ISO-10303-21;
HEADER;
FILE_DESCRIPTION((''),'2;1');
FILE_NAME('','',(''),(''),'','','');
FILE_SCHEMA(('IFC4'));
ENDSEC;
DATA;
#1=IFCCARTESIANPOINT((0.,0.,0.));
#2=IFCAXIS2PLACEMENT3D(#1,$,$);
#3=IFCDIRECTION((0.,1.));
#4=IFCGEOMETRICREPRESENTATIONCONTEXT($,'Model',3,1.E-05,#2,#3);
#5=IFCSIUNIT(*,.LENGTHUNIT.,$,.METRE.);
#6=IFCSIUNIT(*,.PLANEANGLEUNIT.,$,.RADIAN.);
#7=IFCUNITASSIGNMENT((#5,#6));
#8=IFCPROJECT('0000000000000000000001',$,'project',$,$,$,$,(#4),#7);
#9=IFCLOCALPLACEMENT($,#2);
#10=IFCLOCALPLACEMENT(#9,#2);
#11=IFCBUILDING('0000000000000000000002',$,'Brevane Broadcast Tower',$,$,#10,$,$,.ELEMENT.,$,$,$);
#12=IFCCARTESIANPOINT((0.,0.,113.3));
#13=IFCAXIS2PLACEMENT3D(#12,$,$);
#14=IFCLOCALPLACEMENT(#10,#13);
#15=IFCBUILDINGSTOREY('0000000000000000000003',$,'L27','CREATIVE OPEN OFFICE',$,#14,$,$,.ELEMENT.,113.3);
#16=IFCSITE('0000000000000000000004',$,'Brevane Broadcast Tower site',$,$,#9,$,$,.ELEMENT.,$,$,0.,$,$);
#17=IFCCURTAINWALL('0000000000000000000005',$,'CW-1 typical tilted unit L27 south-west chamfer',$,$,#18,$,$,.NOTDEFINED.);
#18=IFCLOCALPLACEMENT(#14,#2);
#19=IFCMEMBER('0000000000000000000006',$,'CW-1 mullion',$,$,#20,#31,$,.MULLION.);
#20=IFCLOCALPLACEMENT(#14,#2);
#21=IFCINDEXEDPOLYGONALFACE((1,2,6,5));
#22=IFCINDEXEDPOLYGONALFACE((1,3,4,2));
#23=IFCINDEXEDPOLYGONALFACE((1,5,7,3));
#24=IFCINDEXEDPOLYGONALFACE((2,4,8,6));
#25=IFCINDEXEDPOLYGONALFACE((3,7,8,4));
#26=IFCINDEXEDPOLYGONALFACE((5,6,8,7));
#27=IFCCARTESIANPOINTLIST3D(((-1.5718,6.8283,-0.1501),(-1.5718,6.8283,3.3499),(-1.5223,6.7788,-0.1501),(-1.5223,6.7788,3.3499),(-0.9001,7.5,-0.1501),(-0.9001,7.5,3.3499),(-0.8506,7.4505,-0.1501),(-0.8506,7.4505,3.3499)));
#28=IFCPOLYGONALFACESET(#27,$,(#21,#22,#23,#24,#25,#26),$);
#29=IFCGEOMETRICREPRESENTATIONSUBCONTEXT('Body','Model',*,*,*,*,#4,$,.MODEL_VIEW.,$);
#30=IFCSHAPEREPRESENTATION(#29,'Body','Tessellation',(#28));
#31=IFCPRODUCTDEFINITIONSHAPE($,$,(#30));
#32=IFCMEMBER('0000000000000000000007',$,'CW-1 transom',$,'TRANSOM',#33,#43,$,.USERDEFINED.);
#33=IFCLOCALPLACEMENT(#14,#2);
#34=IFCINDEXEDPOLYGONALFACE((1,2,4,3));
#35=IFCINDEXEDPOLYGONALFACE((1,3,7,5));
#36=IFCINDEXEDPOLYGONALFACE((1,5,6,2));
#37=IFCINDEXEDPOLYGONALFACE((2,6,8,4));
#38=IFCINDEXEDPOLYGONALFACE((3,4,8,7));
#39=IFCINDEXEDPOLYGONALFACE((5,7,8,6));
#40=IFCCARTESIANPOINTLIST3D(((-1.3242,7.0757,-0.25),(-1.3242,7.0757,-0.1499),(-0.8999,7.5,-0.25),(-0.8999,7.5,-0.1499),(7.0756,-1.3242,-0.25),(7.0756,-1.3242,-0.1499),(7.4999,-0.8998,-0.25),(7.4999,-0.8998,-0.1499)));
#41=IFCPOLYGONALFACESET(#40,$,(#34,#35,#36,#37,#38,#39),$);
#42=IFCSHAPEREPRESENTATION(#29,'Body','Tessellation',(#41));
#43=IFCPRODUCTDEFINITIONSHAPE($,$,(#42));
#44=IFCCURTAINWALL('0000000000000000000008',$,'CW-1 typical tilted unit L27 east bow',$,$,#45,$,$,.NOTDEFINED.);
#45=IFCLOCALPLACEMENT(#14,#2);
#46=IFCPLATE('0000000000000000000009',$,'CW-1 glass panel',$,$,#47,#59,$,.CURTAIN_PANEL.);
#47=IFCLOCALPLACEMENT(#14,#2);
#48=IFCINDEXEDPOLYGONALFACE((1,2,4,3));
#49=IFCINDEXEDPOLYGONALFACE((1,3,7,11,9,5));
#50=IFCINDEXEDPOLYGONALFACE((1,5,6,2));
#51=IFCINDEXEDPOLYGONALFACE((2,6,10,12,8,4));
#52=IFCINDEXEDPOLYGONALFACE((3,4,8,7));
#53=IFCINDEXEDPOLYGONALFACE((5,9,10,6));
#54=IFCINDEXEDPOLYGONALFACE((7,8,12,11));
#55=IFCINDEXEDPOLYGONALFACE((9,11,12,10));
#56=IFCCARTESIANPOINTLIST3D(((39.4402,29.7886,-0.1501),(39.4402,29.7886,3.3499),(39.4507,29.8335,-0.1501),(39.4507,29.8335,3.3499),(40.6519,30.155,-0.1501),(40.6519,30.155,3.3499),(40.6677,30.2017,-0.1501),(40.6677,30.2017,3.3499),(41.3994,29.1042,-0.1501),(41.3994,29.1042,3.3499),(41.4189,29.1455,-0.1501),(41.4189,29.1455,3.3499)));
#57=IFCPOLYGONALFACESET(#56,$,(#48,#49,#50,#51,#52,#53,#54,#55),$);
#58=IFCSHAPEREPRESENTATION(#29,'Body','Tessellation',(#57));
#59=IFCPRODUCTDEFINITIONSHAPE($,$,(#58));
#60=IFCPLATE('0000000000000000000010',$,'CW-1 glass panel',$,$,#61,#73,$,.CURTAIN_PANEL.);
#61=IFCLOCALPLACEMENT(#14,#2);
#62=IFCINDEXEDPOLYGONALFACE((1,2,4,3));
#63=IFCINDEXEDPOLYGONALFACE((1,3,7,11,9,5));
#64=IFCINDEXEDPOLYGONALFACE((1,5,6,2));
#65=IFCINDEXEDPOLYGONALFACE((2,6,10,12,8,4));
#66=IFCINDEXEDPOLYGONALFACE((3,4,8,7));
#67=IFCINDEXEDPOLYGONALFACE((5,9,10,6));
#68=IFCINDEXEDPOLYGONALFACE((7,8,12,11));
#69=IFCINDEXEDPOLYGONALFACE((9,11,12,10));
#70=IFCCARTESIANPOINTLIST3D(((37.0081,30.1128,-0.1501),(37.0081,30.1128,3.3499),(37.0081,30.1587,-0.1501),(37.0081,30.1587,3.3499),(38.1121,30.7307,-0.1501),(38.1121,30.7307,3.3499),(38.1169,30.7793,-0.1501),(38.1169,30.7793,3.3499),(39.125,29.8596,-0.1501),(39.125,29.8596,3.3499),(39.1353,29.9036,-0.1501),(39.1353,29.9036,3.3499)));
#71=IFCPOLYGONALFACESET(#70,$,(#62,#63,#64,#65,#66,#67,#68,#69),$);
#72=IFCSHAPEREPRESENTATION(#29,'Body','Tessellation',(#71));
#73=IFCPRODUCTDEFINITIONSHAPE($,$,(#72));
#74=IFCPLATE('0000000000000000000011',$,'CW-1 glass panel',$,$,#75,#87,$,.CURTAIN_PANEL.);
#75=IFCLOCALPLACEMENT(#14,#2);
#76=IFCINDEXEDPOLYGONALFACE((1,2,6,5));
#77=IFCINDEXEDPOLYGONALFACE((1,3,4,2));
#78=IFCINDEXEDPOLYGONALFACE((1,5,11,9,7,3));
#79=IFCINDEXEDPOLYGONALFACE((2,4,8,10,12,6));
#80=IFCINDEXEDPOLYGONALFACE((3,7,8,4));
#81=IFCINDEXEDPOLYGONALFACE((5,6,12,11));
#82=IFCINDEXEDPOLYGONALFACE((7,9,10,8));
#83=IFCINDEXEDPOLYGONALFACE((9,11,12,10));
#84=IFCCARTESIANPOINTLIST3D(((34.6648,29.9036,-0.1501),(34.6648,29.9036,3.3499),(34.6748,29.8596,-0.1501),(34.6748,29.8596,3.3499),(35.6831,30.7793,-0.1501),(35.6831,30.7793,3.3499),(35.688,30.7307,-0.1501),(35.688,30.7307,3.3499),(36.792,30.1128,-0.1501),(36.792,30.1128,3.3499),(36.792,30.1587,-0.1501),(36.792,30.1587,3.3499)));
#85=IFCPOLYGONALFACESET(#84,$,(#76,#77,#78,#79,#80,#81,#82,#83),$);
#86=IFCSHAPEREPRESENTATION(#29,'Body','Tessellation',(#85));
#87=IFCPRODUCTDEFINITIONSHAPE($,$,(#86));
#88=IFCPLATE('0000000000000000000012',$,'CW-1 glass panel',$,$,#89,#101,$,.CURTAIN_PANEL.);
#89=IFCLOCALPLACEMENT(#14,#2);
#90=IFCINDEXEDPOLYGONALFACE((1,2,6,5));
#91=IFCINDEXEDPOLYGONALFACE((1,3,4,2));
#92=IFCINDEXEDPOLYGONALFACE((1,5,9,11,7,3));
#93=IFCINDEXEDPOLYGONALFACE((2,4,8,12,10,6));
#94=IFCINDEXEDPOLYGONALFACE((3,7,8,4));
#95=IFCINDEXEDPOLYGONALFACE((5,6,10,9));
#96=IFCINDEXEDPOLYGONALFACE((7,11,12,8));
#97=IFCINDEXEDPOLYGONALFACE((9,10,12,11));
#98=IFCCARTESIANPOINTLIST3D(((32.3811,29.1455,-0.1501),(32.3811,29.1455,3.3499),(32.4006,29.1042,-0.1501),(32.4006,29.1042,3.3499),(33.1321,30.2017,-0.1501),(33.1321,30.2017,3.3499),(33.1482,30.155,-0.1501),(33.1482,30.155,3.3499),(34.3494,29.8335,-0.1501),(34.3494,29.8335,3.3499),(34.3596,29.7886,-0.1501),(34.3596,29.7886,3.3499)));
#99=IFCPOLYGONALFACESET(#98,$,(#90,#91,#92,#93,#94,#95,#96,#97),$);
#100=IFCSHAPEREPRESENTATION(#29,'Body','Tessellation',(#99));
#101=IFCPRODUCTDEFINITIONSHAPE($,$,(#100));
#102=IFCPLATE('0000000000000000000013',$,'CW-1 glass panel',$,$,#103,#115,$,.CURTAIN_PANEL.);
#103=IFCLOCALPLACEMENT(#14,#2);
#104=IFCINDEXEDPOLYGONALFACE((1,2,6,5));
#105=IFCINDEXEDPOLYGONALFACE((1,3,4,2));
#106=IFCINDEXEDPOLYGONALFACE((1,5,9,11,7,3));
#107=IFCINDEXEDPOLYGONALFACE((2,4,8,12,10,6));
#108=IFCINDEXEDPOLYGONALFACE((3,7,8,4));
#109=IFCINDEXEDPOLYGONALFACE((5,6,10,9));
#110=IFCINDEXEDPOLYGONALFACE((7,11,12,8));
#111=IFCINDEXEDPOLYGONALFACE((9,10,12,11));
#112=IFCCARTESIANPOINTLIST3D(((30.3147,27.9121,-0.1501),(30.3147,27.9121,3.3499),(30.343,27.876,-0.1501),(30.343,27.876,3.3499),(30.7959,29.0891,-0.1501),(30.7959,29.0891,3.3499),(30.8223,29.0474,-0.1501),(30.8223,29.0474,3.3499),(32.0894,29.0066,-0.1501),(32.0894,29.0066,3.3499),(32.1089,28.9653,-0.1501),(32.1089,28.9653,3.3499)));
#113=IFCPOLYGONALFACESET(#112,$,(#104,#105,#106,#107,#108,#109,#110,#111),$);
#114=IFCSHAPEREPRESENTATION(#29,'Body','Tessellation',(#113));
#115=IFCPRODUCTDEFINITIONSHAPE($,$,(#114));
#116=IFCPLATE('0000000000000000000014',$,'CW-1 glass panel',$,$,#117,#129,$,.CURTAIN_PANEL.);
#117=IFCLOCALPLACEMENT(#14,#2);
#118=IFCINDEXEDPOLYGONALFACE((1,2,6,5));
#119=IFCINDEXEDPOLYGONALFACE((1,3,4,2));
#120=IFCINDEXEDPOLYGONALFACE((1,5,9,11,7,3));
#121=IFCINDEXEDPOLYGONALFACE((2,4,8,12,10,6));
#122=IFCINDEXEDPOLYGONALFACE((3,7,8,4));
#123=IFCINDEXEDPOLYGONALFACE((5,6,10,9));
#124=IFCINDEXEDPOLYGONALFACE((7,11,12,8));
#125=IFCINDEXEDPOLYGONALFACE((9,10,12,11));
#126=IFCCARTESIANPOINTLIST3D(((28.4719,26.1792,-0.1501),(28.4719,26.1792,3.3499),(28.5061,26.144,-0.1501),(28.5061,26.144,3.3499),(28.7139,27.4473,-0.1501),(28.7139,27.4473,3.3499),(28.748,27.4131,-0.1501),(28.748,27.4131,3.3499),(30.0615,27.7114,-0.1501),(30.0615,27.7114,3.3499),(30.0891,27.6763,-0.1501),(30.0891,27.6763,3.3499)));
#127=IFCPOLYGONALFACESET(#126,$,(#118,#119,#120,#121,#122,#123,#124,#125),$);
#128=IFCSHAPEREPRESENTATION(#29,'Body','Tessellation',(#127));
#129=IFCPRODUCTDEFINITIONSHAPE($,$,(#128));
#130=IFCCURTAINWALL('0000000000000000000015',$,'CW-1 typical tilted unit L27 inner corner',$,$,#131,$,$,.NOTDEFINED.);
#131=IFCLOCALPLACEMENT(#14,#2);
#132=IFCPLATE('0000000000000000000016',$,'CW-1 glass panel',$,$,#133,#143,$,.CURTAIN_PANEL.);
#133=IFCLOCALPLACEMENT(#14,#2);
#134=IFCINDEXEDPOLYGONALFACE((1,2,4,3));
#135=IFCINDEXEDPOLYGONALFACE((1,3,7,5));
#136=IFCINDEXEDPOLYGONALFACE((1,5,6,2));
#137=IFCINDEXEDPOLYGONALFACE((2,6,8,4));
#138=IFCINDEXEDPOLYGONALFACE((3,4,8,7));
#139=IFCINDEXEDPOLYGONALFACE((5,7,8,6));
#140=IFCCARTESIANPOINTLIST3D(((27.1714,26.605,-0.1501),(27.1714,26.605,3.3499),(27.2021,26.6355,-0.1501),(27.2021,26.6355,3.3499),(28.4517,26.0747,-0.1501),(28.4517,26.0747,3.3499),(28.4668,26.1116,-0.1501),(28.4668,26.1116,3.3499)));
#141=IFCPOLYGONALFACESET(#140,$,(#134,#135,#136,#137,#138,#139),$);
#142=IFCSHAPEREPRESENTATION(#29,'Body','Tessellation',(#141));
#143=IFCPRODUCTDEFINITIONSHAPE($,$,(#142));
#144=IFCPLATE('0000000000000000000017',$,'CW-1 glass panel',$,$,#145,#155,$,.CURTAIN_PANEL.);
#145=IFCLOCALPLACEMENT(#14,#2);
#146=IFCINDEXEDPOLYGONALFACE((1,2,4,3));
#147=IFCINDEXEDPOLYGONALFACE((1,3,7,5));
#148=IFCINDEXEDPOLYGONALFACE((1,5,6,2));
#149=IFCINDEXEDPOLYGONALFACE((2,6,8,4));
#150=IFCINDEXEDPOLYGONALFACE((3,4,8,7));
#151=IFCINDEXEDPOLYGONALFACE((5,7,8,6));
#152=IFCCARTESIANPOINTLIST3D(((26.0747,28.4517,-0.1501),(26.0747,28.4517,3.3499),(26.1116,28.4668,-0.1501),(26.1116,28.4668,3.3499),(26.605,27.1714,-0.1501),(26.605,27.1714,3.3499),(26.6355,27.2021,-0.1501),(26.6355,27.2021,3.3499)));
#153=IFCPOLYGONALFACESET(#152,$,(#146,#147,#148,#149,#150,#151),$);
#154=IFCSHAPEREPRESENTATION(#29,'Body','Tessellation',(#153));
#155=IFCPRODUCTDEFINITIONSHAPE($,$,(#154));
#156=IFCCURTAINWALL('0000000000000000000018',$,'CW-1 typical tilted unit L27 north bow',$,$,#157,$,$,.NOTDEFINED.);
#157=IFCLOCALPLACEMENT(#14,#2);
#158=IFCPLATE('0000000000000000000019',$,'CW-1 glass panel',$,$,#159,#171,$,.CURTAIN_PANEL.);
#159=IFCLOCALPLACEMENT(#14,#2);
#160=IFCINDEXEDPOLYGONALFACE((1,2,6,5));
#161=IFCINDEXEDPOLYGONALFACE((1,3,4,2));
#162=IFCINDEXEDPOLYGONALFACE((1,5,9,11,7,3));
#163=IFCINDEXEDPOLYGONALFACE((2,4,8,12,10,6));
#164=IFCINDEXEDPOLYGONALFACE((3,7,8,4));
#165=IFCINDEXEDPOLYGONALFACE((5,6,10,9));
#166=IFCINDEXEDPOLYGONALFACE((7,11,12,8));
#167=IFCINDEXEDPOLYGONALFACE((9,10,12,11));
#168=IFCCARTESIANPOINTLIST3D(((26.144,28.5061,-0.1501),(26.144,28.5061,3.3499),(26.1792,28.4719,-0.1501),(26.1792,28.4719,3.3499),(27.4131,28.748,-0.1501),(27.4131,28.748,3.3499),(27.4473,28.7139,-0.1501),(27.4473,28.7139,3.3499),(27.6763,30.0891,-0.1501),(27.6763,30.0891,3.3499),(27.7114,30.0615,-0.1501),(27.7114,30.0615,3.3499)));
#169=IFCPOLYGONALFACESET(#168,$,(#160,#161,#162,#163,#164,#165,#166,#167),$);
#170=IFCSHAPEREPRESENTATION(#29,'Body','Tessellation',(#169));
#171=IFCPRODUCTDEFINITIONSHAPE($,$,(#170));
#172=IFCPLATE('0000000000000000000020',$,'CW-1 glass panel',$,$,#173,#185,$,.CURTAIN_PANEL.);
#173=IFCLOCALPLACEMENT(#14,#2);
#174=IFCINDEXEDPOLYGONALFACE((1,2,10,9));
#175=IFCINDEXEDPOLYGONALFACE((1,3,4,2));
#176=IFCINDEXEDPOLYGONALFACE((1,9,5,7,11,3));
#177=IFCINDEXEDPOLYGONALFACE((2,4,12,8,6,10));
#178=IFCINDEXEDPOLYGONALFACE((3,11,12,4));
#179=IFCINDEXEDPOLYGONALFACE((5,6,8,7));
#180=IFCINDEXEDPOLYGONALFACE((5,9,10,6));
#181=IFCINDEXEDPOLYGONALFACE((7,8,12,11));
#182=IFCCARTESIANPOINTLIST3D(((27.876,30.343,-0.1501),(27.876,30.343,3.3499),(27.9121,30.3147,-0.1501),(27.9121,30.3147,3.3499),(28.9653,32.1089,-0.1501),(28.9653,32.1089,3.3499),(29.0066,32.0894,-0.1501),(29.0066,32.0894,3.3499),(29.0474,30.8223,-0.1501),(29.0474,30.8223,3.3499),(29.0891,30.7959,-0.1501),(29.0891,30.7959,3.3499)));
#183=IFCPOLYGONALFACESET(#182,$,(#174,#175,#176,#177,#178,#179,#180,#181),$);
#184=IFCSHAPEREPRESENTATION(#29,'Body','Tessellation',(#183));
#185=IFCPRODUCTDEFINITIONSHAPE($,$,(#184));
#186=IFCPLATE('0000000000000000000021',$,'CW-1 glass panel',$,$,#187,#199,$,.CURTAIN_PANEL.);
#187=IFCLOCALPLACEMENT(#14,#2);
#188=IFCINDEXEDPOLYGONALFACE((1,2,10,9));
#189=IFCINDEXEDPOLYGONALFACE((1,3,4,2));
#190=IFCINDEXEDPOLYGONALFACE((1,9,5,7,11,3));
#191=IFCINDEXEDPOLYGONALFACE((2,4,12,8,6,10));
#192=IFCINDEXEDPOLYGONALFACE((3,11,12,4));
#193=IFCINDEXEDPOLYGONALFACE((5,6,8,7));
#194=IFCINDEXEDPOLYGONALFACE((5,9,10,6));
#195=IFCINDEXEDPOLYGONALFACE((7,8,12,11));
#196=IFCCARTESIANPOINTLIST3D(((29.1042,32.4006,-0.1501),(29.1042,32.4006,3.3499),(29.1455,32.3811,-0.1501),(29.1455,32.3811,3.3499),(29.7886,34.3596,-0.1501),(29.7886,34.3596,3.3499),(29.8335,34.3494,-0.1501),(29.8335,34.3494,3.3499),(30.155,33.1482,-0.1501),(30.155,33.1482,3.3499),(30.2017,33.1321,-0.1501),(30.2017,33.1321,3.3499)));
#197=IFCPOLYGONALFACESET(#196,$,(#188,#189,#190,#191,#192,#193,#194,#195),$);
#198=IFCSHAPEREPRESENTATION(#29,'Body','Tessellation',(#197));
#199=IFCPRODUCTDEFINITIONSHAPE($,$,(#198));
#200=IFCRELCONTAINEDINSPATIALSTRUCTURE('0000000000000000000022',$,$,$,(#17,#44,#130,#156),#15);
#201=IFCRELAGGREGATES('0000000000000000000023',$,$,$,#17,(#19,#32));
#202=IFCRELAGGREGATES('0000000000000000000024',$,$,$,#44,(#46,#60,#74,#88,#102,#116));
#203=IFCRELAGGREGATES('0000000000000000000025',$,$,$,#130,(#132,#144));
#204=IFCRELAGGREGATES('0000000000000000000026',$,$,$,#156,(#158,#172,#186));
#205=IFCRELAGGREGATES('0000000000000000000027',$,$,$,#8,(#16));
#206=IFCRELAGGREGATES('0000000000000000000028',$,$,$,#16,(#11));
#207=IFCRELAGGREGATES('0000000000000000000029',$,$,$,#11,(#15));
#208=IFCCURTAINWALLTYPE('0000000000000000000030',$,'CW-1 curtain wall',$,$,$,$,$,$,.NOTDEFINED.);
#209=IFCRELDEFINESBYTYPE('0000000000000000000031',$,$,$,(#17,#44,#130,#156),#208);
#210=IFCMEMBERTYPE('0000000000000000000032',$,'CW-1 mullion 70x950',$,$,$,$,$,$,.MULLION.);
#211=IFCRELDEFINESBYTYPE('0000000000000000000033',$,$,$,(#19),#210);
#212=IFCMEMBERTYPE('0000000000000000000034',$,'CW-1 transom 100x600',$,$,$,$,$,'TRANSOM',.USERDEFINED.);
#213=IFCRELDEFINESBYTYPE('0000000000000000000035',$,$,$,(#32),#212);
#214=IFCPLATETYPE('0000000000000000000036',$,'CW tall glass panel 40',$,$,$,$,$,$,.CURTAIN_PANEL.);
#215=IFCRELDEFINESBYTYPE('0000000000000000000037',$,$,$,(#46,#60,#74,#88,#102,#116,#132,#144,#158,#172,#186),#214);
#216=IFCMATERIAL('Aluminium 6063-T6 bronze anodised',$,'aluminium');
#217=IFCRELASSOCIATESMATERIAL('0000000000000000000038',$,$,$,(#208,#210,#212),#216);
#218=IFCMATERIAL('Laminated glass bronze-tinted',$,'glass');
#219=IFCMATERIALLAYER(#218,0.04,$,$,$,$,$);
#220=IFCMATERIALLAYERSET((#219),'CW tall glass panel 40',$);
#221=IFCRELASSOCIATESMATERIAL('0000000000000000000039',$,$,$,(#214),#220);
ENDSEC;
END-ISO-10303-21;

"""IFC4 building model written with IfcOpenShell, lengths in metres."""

from ifc_helpers import new_model, si_unit, direction, frame, origin, origin_2d, place, context, subcontext, project, spatial, polyline, rectangle, outline, extrude, material, layer, layer_set, material_profile, profile_set, type_object, element, aggregate, save


model = new_model("IFC4")

# Units and contexts
model_context = context("Model", 3, precision=1e-05, world=origin(), true_north=direction((0.0, 1.0)))
body_context = subcontext(model_context, "Body", "Model", "MODEL_VIEW")
ifc_project = project(units=[si_unit("LENGTHUNIT", "METRE"), si_unit("PLANEANGLEUNIT", "RADIAN")], contexts=[model_context])

# Site, building, storey
site_placement = place(None, origin())
site = spatial("IfcSite", under=ifc_project, at=site_placement, Name="Brevane Broadcast Tower site", CompositionType="ELEMENT", RefElevation=0.0)
building_placement = place(site_placement, origin())
building = spatial("IfcBuilding", under=site, at=building_placement, Name="Brevane Broadcast Tower", CompositionType="ELEMENT")
storey_placement = place(building_placement, frame((0.0, 0.0, 113.3)))
storey = spatial("IfcBuildingStorey", under=building, at=storey_placement, Name="L27", Description="CREATIVE OPEN OFFICE", CompositionType="ELEMENT", Elevation=113.3)

# Curtain wall, members
ifc_material_1 = material(Name="Aluminium 6063-T6 bronze anodised", Category="aluminium")
curtain_wall_type = type_object("IfcCurtainWallType", Name="CW-1 curtain wall", PredefinedType="NOTDEFINED", material=ifc_material_1)
curtain_wall_1_placement = place(storey_placement, origin())
curtain_wall_1 = element("IfcCurtainWall", 1, at=curtain_wall_1_placement, inside=storey, type_object=curtain_wall_type, Name="CW-1 typical tilted unit L27 south-west chamfer", PredefinedType="NOTDEFINED")
ifc_material_profile_1 = material_profile(ifc_material_1, rectangle(XDim=0.95, YDim=0.0701, at=origin_2d()), Name="RECT 70x950")
ifc_profile_set_1 = profile_set([ifc_material_profile_1], Name="Aluminium 6063-T6 bronze anodised")
member_type_1 = type_object("IfcMemberType", Name="CW-1 mullion 70x950", PredefinedType="MULLION", material=ifc_profile_set_1)
member_1_placement = place(storey_placement, frame((-1.2112, 7.1394, -0.1501), z_axis=(0.0, 0.0, 1.0), x_axis=(0.707107, 0.707107, 0.0)))
member_1 = element("IfcMember", 2, at=member_1_placement, type_object=member_type_1, Name="CW-1 mullion", PredefinedType="MULLION", context=body_context, shape_type="SweptSolid", body=[
    extrude(rectangle(XDim=0.95, YDim=0.0701, at=origin_2d()), origin(), (0.0, 0.0, 1.0), 3.5),
])
ifc_material_profile_2 = material_profile(ifc_material_1, rectangle(XDim=0.6001, YDim=0.1001, at=origin_2d()), Name="RECT 100x600")
ifc_profile_set_2 = profile_set([ifc_material_profile_2], Name="Aluminium 6063-T6 bronze anodised")
member_type_2 = type_object("IfcMemberType", Name="CW-1 transom 100x600", ElementType="TRANSOM", PredefinedType="USERDEFINED", material=ifc_profile_set_2)
member_2_placement = place(storey_placement, frame((-1.1121, 7.2878, -0.2), z_axis=(0.707107, -0.707107, 0.0), x_axis=(0.707107, 0.707107, 0.0)))
member_2 = element("IfcMember", 3, at=member_2_placement, type_object=member_type_2, Name="CW-1 transom", ObjectType="TRANSOM", PredefinedType="USERDEFINED", context=body_context, shape_type="SweptSolid", body=[
    extrude(rectangle(XDim=0.6001, YDim=0.1001, at=origin_2d()), origin(), (0.0, 0.0, 1.0), 11.8792),
])
aggregate(curtain_wall_1, [member_1, member_2])

# Curtain walls, plates
curtain_wall_2_placement = place(storey_placement, origin())
curtain_wall_2 = element("IfcCurtainWall", 4, at=curtain_wall_2_placement, inside=storey, type_object=curtain_wall_type, Name="CW-1 typical tilted unit L27 east bow", PredefinedType="NOTDEFINED")
ifc_material_2 = material(Name="Laminated glass bronze-tinted", Category="glass")
ifc_layer = layer(ifc_material_2, 0.04)
ifc_layer_set = layer_set([ifc_layer], Name="CW tall glass panel 40")
plate_type = type_object("IfcPlateType", Name="CW tall glass panel 40", PredefinedType="CURTAIN_PANEL", material=ifc_layer_set)
plate_1_placement = place(storey_placement, frame((0.0, 0.0, -0.1501)))
plate_1 = element("IfcPlate", 5, at=plate_1_placement, type_object=plate_type, Name="CW-1 glass panel", PredefinedType="CURTAIN_PANEL", context=body_context, shape_type="SweptSolid", body=[
    extrude(outline(polyline([(41.3994, 29.1042), (41.4189, 29.1455), (40.6677, 30.2017), (39.4507, 29.8335), (39.4402, 29.7886), (40.6519, 30.155), (41.3994, 29.1042)])), origin(), (0.0, 0.0, 1.0), 3.5),
])
plate_2_placement = place(storey_placement, frame((0.0, 0.0, -0.1501)))
plate_2 = element("IfcPlate", 6, at=plate_2_placement, type_object=plate_type, Name="CW-1 glass panel", PredefinedType="CURTAIN_PANEL", context=body_context, shape_type="SweptSolid", body=[
    extrude(outline(polyline([(39.125, 29.8596), (39.1353, 29.9036), (38.1169, 30.7793), (37.0081, 30.1587), (37.0081, 30.1128), (38.1121, 30.7307), (39.125, 29.8596)])), origin(), (0.0, 0.0, 1.0), 3.5),
])
plate_3_placement = place(storey_placement, frame((0.0, 0.0, -0.1501)))
plate_3 = element("IfcPlate", 7, at=plate_3_placement, type_object=plate_type, Name="CW-1 glass panel", PredefinedType="CURTAIN_PANEL", context=body_context, shape_type="SweptSolid", body=[
    extrude(outline(polyline([(36.792, 30.1128), (36.792, 30.1587), (35.6831, 30.7793), (34.6648, 29.9036), (34.6748, 29.8596), (35.688, 30.7307), (36.792, 30.1128)])), origin(), (0.0, 0.0, 1.0), 3.5),
])
plate_4_placement = place(storey_placement, frame((0.0, 0.0, -0.1501)))
plate_4 = element("IfcPlate", 8, at=plate_4_placement, type_object=plate_type, Name="CW-1 glass panel", PredefinedType="CURTAIN_PANEL", context=body_context, shape_type="SweptSolid", body=[
    extrude(outline(polyline([(34.3596, 29.7886), (34.3494, 29.8335), (33.1321, 30.2017), (32.3811, 29.1455), (32.4006, 29.1042), (33.1482, 30.155), (34.3596, 29.7886)])), origin(), (0.0, 0.0, 1.0), 3.5),
])
plate_5_placement = place(storey_placement, frame((0.0, 0.0, -0.1501)))
plate_5 = element("IfcPlate", 9, at=plate_5_placement, type_object=plate_type, Name="CW-1 glass panel", PredefinedType="CURTAIN_PANEL", context=body_context, shape_type="SweptSolid", body=[
    extrude(outline(polyline([(32.1089, 28.9653), (32.0894, 29.0066), (30.7959, 29.0891), (30.3147, 27.9121), (30.343, 27.876), (30.8223, 29.0474), (32.1089, 28.9653)])), origin(), (0.0, 0.0, 1.0), 3.5),
])
plate_6_placement = place(storey_placement, frame((0.0, 0.0, -0.1501)))
plate_6 = element("IfcPlate", 10, at=plate_6_placement, type_object=plate_type, Name="CW-1 glass panel", PredefinedType="CURTAIN_PANEL", context=body_context, shape_type="SweptSolid", body=[
    extrude(outline(polyline([(30.0891, 27.6763), (30.0615, 27.7114), (28.7139, 27.4473), (28.4719, 26.1792), (28.5061, 26.144), (28.748, 27.4131), (30.0891, 27.6763)])), origin(), (0.0, 0.0, 1.0), 3.5),
])
aggregate(curtain_wall_2, [plate_1, plate_2, plate_3, plate_4, plate_5, plate_6])
curtain_wall_3_placement = place(storey_placement, origin())
curtain_wall_3 = element("IfcCurtainWall", 11, at=curtain_wall_3_placement, inside=storey, type_object=curtain_wall_type, Name="CW-1 typical tilted unit L27 inner corner", PredefinedType="NOTDEFINED")
plate_7_placement = place(storey_placement, frame((0.0, 0.0, -0.1501)))
plate_7 = element("IfcPlate", 12, at=plate_7_placement, type_object=plate_type, Name="CW-1 glass panel", PredefinedType="CURTAIN_PANEL", context=body_context, shape_type="SweptSolid", body=[
    extrude(outline(polyline([(28.4517, 26.0747), (28.4668, 26.1116), (27.2021, 26.6355), (27.1714, 26.605), (28.4517, 26.0747)])), origin(), (0.0, 0.0, 1.0), 3.5),
])
plate_8_placement = place(storey_placement, frame((0.0, 0.0, -0.1501)))
plate_8 = element("IfcPlate", 13, at=plate_8_placement, type_object=plate_type, Name="CW-1 glass panel", PredefinedType="CURTAIN_PANEL", context=body_context, shape_type="SweptSolid", body=[
    extrude(outline(polyline([(26.605, 27.1714), (26.6355, 27.2021), (26.1116, 28.4668), (26.0747, 28.4517), (26.605, 27.1714)])), origin(), (0.0, 0.0, 1.0), 3.5),
])
aggregate(curtain_wall_3, [plate_7, plate_8])
curtain_wall_4_placement = place(storey_placement, origin())
curtain_wall_4 = element("IfcCurtainWall", 14, at=curtain_wall_4_placement, inside=storey, type_object=curtain_wall_type, Name="CW-1 typical tilted unit L27 north bow", PredefinedType="NOTDEFINED")
plate_9_placement = place(storey_placement, frame((0.0, 0.0, -0.1501)))
plate_9 = element("IfcPlate", 15, at=plate_9_placement, type_object=plate_type, Name="CW-1 glass panel", PredefinedType="CURTAIN_PANEL", context=body_context, shape_type="SweptSolid", body=[
    extrude(outline(polyline([(26.144, 28.5061), (26.1792, 28.4719), (27.4473, 28.7139), (27.7114, 30.0615), (27.6763, 30.0891), (27.4131, 28.748), (26.144, 28.5061)])), origin(), (0.0, 0.0, 1.0), 3.5),
])
plate_10_placement = place(storey_placement, frame((0.0, 0.0, -0.1501)))
plate_10 = element("IfcPlate", 16, at=plate_10_placement, type_object=plate_type, Name="CW-1 glass panel", PredefinedType="CURTAIN_PANEL", context=body_context, shape_type="SweptSolid", body=[
    extrude(outline(polyline([(27.876, 30.343), (27.9121, 30.3147), (29.0891, 30.7959), (29.0066, 32.0894), (28.9653, 32.1089), (29.0474, 30.8223), (27.876, 30.343)])), origin(), (0.0, 0.0, 1.0), 3.5),
])
plate_11_placement = place(storey_placement, frame((0.0, 0.0, -0.1501)))
plate_11 = element("IfcPlate", 17, at=plate_11_placement, type_object=plate_type, Name="CW-1 glass panel", PredefinedType="CURTAIN_PANEL", context=body_context, shape_type="SweptSolid", body=[
    extrude(outline(polyline([(29.1042, 32.4006), (29.1455, 32.3811), (30.2017, 33.1321), (29.8335, 34.3494), (29.7886, 34.3596), (30.155, 33.1482), (29.1042, 32.4006)])), origin(), (0.0, 0.0, 1.0), 3.5),
])
aggregate(curtain_wall_4, [plate_9, plate_10, plate_11])

save(model, "model.ifc")
